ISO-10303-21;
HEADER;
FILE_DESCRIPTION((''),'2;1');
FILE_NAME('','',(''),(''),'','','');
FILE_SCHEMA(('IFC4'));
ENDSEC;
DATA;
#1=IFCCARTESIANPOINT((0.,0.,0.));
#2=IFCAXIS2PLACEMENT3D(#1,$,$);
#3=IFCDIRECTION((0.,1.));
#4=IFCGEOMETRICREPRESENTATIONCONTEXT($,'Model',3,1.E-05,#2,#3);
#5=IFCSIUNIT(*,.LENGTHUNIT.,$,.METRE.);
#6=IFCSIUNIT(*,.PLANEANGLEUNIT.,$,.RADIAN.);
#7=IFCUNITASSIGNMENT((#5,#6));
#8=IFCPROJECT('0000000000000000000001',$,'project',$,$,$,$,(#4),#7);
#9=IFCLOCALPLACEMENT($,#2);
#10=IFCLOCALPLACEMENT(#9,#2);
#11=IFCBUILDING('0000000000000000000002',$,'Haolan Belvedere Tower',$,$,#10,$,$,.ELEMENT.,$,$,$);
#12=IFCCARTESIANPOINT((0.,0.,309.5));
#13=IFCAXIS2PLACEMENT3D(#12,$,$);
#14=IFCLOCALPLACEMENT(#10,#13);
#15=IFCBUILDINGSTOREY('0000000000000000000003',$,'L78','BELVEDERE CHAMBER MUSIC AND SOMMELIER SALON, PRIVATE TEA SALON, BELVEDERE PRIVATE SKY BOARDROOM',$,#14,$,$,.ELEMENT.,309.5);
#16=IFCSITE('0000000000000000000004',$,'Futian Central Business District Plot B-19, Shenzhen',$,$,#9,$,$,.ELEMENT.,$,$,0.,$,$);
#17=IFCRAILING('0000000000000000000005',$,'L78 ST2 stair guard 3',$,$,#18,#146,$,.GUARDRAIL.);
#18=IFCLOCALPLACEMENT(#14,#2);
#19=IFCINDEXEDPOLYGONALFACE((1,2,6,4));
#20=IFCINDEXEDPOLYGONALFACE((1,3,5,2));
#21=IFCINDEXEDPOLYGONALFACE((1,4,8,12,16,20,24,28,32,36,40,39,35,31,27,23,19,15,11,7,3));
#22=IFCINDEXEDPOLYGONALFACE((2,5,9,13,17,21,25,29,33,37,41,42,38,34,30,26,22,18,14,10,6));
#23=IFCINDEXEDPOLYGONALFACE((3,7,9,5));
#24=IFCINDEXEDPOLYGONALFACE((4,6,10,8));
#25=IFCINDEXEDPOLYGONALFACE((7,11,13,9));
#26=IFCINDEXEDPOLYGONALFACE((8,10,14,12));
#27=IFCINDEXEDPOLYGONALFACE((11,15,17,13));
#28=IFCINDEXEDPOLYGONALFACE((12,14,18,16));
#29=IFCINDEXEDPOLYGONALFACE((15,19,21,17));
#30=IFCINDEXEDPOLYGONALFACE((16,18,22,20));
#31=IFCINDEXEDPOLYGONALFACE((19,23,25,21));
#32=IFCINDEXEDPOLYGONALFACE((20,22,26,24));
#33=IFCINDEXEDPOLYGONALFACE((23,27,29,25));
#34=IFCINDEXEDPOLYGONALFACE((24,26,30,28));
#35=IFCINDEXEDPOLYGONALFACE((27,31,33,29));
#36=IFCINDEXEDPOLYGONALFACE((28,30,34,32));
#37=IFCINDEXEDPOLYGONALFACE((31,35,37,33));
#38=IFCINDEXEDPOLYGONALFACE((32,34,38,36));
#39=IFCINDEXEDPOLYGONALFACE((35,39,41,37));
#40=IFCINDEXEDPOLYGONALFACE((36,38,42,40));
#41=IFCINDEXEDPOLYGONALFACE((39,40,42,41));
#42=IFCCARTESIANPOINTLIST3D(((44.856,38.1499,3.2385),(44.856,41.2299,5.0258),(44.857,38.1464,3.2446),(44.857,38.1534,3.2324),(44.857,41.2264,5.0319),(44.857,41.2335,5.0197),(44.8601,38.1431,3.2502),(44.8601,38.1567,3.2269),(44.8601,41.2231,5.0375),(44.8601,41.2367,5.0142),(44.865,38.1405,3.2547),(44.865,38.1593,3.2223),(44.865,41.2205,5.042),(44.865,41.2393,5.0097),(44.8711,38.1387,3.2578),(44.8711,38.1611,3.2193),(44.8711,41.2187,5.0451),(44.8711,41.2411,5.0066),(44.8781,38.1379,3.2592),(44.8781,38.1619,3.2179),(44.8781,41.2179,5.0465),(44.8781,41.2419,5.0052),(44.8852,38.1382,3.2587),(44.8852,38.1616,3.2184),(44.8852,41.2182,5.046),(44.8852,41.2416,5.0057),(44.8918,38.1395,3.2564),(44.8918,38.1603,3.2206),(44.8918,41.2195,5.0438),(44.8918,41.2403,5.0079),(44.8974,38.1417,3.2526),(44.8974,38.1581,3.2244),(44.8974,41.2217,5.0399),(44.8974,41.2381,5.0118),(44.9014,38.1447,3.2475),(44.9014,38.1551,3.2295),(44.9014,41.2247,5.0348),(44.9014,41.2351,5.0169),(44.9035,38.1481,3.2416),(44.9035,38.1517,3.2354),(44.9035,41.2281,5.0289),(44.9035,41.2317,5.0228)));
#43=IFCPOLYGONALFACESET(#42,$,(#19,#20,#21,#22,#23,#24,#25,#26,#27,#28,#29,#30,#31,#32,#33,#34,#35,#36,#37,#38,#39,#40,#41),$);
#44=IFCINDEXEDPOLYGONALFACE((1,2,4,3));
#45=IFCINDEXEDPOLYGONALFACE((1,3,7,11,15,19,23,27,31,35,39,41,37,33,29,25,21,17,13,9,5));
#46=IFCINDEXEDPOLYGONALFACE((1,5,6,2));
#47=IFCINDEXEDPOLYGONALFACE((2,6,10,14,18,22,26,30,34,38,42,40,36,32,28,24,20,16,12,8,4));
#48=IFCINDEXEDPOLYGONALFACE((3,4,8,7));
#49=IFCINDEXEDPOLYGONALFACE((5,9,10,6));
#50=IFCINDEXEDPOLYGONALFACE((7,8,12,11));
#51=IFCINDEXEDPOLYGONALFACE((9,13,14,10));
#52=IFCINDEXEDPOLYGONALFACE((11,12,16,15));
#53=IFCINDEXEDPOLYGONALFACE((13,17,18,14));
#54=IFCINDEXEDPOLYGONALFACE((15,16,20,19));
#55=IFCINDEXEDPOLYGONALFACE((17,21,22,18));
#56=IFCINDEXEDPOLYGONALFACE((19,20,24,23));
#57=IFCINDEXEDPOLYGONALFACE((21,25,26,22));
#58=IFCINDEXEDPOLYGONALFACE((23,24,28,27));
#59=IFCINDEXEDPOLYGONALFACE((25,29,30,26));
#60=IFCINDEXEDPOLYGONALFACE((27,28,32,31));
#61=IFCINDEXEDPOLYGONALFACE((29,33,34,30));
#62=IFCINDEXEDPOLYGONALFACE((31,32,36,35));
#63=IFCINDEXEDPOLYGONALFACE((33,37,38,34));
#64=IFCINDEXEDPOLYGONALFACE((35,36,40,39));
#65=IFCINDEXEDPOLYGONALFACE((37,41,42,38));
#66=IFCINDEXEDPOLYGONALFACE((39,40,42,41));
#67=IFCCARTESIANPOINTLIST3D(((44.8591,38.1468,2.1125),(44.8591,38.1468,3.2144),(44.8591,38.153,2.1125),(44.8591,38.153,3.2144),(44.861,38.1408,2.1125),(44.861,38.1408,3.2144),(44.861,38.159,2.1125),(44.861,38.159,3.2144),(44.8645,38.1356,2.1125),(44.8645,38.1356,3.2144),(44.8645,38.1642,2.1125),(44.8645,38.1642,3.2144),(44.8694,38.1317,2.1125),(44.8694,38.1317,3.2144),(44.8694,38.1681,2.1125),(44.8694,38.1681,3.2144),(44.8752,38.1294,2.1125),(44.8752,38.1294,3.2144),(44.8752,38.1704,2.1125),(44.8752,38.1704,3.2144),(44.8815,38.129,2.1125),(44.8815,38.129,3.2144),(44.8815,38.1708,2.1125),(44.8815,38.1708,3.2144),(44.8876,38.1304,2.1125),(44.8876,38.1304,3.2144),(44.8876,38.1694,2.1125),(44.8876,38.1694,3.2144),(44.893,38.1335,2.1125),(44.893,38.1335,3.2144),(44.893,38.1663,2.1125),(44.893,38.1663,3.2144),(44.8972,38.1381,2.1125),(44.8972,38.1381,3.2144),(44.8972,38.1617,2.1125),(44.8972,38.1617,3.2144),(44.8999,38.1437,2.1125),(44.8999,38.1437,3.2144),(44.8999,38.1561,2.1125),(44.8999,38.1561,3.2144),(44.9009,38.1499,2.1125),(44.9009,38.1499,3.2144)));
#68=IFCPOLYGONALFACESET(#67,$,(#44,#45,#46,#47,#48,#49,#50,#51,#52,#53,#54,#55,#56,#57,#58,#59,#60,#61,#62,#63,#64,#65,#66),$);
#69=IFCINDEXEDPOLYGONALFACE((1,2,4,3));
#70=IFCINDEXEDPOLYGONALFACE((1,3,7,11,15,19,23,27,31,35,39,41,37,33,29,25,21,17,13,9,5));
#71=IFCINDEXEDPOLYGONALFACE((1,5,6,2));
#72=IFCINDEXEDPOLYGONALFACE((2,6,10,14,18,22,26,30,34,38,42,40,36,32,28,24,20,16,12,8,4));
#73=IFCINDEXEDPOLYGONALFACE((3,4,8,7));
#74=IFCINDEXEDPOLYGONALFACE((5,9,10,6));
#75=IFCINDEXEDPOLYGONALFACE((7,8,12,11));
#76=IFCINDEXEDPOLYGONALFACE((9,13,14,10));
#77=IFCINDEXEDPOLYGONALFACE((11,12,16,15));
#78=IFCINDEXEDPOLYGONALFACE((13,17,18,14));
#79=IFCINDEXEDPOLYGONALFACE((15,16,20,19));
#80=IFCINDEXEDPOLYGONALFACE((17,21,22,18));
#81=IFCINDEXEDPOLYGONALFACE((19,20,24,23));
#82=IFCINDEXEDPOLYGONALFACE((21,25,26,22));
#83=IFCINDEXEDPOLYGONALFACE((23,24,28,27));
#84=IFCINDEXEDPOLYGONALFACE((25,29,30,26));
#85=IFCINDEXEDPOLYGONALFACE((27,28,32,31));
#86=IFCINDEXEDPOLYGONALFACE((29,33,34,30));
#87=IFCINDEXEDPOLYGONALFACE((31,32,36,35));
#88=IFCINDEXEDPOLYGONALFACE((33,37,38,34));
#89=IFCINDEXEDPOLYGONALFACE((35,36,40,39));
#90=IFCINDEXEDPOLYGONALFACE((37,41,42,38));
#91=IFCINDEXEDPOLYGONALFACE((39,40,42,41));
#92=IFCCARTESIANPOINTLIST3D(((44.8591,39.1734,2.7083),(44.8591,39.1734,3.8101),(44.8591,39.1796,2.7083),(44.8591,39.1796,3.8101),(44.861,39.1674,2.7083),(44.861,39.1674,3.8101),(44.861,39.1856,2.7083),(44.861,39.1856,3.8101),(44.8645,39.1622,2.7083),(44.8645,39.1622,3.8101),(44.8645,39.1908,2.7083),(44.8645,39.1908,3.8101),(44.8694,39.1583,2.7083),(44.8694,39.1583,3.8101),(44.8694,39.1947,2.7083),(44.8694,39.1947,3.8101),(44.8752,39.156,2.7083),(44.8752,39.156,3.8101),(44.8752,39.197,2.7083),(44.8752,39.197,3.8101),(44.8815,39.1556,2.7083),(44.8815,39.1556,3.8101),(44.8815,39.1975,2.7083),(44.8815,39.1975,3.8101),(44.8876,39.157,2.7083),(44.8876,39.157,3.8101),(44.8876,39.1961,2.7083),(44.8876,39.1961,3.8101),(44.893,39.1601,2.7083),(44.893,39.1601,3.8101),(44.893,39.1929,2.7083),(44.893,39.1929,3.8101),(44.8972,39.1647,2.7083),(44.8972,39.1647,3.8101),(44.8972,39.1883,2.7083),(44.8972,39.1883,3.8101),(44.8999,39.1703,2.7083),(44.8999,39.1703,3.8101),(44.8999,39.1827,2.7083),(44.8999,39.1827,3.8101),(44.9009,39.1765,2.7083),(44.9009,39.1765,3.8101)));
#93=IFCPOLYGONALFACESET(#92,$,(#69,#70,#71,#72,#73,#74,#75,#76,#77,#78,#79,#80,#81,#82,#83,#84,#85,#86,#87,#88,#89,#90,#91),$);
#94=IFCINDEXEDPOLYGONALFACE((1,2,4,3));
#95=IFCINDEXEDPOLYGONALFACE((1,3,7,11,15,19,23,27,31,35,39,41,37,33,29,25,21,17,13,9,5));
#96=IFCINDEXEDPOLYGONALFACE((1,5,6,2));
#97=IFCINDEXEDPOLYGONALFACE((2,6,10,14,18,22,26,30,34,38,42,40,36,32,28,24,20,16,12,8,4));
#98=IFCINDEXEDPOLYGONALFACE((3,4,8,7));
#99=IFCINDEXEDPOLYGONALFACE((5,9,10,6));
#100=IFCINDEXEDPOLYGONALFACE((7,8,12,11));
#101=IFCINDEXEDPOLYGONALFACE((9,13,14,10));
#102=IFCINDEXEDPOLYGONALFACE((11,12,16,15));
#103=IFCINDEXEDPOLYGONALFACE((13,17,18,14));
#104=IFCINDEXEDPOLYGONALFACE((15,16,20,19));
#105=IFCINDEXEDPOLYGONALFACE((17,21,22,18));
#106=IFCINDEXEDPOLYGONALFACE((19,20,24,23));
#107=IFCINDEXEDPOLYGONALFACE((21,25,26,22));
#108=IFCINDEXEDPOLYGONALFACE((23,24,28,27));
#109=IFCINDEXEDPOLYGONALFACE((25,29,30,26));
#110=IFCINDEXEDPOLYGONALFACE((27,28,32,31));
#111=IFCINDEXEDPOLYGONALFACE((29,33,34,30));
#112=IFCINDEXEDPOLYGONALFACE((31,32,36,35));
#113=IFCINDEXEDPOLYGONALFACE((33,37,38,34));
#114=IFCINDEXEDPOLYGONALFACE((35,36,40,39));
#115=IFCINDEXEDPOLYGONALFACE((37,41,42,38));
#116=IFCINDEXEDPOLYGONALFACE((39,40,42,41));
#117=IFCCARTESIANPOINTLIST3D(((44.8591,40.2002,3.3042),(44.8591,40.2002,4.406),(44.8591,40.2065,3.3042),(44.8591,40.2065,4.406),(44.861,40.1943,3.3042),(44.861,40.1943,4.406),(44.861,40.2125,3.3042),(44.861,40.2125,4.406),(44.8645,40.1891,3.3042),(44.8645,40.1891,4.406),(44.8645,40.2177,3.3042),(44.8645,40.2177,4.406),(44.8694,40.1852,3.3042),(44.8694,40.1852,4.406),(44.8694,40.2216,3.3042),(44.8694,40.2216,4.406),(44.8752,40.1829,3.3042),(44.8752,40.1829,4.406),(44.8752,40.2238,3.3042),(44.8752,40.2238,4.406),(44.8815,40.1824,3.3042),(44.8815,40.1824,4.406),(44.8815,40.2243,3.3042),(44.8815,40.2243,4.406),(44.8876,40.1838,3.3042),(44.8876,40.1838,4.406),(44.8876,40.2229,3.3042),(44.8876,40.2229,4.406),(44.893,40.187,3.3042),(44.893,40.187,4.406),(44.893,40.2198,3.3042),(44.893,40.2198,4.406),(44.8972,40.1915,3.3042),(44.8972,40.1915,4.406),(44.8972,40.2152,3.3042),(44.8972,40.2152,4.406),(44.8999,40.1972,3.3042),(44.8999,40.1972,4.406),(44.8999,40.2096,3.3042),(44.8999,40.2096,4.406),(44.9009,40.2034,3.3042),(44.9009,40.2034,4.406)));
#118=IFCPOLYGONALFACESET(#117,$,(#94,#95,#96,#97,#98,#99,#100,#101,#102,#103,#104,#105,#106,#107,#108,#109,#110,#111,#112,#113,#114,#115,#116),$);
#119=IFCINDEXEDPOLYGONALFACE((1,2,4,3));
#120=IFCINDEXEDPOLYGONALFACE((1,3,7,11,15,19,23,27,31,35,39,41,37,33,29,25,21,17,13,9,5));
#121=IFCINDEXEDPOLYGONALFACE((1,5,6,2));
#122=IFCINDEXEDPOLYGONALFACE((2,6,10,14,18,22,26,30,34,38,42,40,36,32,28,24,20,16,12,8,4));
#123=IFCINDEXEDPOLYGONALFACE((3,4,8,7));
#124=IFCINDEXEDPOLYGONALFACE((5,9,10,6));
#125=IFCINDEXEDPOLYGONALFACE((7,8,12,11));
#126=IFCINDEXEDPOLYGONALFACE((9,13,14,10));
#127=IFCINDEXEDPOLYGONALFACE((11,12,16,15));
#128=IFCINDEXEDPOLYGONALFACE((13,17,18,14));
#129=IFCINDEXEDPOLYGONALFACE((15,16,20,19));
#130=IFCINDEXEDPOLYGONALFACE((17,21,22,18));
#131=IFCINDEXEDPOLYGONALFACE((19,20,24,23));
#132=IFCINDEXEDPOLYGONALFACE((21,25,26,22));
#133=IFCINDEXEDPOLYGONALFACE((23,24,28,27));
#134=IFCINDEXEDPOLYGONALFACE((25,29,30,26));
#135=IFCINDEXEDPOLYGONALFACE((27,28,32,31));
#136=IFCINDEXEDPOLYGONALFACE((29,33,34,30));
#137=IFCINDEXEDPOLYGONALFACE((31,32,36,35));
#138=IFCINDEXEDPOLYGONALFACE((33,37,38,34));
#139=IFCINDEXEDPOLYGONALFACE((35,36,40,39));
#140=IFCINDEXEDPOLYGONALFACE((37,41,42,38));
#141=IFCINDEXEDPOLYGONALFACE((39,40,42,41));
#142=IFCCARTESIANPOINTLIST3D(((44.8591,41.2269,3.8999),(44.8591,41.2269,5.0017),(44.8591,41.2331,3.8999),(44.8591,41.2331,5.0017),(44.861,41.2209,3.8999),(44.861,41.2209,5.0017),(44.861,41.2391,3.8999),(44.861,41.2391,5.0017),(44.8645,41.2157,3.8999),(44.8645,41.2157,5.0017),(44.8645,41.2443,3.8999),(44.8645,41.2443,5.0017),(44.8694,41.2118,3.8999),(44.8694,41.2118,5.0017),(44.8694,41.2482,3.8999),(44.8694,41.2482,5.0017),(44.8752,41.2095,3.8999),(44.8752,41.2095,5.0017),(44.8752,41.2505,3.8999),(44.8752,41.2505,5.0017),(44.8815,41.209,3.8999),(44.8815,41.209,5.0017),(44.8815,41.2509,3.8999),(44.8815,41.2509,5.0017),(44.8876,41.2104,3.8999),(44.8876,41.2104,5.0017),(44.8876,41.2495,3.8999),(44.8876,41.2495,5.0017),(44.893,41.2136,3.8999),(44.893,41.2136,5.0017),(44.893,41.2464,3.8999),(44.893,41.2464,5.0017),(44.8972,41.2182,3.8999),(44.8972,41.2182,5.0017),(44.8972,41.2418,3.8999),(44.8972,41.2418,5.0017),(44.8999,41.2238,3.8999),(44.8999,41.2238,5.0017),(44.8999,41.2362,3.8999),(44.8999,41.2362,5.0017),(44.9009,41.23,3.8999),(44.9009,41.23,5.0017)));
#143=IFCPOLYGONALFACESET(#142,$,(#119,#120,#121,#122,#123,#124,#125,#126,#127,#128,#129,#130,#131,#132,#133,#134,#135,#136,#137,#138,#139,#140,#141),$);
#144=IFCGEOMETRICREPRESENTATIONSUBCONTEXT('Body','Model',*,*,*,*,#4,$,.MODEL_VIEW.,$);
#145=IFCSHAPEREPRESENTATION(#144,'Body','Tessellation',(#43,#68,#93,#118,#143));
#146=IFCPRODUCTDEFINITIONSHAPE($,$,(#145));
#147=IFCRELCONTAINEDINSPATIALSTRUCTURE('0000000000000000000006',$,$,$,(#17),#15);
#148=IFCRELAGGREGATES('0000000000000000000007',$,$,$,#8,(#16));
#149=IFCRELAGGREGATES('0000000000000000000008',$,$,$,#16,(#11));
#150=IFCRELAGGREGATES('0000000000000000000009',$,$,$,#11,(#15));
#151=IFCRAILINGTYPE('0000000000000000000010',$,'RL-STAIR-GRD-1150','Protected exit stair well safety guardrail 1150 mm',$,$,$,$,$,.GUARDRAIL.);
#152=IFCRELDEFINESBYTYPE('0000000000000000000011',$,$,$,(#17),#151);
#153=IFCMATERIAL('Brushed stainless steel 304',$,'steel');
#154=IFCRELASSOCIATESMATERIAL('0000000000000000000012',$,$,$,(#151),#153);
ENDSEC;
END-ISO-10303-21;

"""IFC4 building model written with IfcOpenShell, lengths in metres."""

from ifc_helpers import new_model, si_unit, direction, frame, origin, origin_2d, place, context, subcontext, project, spatial, circle, extrude, material, type_object, element, save


model = new_model("IFC4")

# Units and contexts
model_context = context("Model", 3, precision=1e-05, world=origin(), true_north=direction((0.0, 1.0)))
body_context = subcontext(model_context, "Body", "Model", "MODEL_VIEW")
ifc_project = project(units=[si_unit("LENGTHUNIT", "METRE"), si_unit("PLANEANGLEUNIT", "RADIAN")], contexts=[model_context])

# Site, building, storey
site_placement = place(None, origin())
site = spatial("IfcSite", under=ifc_project, at=site_placement, Name="Futian Central Business District Plot B-19, Shenzhen", CompositionType="ELEMENT", RefElevation=0.0)
building_placement = place(site_placement, origin())
building = spatial("IfcBuilding", under=site, at=building_placement, Name="Haolan Belvedere Tower", CompositionType="ELEMENT")
storey_placement = place(building_placement, frame((0.0, 0.0, 309.5)))
storey = spatial("IfcBuildingStorey", under=building, at=storey_placement, Name="L78", Description="BELVEDERE CHAMBER MUSIC AND SOMMELIER SALON, PRIVATE TEA SALON, BELVEDERE PRIVATE SKY BOARDROOM", CompositionType="ELEMENT", Elevation=309.5)

# Railing
ifc_material_1 = material(Name="Brushed stainless steel 304", Category="steel")
railing_type_1 = type_object("IfcRailingType", Name="RL-STAIR-GRD-1150", Description="Protected exit stair well safety guardrail 1150 mm", PredefinedType="GUARDRAIL", material=ifc_material_1)
railing_1_placement = place(storey_placement, frame((44.8799, 38.1499, 2.1125)))
element("IfcRailing", 1, at=railing_1_placement, inside=storey, type_object=railing_type_1, Name="L78 ST2 stair guard 3", PredefinedType="GUARDRAIL", context=body_context, shape_type="SweptSolid", body=[
    extrude(circle(Radius=0.0239, at=origin_2d()), frame((0.0, 0.0, 1.126), z_axis=(0.0, 0.86492, 0.501909), x_axis=(-1.0, 0.0, 0.0)), (0.0, 0.0, 1.0), 3.561),
    extrude(circle(Radius=0.021, at=origin_2d()), origin(), (0.0, 0.0, 1.0), 1.1018),
    extrude(circle(Radius=0.021, at=origin_2d()), frame((0.0, 1.0266, 0.5957)), (0.0, 0.0, 1.0), 1.1018),
    extrude(circle(Radius=0.021, at=origin_2d()), frame((0.0, 2.0535, 1.1917)), (0.0, 0.0, 1.0), 1.1018),
    extrude(circle(Radius=0.021, at=origin_2d()), frame((0.0, 3.0801, 1.7874)), (0.0, 0.0, 1.0), 1.1018),
])

save(model, "model.ifc")
